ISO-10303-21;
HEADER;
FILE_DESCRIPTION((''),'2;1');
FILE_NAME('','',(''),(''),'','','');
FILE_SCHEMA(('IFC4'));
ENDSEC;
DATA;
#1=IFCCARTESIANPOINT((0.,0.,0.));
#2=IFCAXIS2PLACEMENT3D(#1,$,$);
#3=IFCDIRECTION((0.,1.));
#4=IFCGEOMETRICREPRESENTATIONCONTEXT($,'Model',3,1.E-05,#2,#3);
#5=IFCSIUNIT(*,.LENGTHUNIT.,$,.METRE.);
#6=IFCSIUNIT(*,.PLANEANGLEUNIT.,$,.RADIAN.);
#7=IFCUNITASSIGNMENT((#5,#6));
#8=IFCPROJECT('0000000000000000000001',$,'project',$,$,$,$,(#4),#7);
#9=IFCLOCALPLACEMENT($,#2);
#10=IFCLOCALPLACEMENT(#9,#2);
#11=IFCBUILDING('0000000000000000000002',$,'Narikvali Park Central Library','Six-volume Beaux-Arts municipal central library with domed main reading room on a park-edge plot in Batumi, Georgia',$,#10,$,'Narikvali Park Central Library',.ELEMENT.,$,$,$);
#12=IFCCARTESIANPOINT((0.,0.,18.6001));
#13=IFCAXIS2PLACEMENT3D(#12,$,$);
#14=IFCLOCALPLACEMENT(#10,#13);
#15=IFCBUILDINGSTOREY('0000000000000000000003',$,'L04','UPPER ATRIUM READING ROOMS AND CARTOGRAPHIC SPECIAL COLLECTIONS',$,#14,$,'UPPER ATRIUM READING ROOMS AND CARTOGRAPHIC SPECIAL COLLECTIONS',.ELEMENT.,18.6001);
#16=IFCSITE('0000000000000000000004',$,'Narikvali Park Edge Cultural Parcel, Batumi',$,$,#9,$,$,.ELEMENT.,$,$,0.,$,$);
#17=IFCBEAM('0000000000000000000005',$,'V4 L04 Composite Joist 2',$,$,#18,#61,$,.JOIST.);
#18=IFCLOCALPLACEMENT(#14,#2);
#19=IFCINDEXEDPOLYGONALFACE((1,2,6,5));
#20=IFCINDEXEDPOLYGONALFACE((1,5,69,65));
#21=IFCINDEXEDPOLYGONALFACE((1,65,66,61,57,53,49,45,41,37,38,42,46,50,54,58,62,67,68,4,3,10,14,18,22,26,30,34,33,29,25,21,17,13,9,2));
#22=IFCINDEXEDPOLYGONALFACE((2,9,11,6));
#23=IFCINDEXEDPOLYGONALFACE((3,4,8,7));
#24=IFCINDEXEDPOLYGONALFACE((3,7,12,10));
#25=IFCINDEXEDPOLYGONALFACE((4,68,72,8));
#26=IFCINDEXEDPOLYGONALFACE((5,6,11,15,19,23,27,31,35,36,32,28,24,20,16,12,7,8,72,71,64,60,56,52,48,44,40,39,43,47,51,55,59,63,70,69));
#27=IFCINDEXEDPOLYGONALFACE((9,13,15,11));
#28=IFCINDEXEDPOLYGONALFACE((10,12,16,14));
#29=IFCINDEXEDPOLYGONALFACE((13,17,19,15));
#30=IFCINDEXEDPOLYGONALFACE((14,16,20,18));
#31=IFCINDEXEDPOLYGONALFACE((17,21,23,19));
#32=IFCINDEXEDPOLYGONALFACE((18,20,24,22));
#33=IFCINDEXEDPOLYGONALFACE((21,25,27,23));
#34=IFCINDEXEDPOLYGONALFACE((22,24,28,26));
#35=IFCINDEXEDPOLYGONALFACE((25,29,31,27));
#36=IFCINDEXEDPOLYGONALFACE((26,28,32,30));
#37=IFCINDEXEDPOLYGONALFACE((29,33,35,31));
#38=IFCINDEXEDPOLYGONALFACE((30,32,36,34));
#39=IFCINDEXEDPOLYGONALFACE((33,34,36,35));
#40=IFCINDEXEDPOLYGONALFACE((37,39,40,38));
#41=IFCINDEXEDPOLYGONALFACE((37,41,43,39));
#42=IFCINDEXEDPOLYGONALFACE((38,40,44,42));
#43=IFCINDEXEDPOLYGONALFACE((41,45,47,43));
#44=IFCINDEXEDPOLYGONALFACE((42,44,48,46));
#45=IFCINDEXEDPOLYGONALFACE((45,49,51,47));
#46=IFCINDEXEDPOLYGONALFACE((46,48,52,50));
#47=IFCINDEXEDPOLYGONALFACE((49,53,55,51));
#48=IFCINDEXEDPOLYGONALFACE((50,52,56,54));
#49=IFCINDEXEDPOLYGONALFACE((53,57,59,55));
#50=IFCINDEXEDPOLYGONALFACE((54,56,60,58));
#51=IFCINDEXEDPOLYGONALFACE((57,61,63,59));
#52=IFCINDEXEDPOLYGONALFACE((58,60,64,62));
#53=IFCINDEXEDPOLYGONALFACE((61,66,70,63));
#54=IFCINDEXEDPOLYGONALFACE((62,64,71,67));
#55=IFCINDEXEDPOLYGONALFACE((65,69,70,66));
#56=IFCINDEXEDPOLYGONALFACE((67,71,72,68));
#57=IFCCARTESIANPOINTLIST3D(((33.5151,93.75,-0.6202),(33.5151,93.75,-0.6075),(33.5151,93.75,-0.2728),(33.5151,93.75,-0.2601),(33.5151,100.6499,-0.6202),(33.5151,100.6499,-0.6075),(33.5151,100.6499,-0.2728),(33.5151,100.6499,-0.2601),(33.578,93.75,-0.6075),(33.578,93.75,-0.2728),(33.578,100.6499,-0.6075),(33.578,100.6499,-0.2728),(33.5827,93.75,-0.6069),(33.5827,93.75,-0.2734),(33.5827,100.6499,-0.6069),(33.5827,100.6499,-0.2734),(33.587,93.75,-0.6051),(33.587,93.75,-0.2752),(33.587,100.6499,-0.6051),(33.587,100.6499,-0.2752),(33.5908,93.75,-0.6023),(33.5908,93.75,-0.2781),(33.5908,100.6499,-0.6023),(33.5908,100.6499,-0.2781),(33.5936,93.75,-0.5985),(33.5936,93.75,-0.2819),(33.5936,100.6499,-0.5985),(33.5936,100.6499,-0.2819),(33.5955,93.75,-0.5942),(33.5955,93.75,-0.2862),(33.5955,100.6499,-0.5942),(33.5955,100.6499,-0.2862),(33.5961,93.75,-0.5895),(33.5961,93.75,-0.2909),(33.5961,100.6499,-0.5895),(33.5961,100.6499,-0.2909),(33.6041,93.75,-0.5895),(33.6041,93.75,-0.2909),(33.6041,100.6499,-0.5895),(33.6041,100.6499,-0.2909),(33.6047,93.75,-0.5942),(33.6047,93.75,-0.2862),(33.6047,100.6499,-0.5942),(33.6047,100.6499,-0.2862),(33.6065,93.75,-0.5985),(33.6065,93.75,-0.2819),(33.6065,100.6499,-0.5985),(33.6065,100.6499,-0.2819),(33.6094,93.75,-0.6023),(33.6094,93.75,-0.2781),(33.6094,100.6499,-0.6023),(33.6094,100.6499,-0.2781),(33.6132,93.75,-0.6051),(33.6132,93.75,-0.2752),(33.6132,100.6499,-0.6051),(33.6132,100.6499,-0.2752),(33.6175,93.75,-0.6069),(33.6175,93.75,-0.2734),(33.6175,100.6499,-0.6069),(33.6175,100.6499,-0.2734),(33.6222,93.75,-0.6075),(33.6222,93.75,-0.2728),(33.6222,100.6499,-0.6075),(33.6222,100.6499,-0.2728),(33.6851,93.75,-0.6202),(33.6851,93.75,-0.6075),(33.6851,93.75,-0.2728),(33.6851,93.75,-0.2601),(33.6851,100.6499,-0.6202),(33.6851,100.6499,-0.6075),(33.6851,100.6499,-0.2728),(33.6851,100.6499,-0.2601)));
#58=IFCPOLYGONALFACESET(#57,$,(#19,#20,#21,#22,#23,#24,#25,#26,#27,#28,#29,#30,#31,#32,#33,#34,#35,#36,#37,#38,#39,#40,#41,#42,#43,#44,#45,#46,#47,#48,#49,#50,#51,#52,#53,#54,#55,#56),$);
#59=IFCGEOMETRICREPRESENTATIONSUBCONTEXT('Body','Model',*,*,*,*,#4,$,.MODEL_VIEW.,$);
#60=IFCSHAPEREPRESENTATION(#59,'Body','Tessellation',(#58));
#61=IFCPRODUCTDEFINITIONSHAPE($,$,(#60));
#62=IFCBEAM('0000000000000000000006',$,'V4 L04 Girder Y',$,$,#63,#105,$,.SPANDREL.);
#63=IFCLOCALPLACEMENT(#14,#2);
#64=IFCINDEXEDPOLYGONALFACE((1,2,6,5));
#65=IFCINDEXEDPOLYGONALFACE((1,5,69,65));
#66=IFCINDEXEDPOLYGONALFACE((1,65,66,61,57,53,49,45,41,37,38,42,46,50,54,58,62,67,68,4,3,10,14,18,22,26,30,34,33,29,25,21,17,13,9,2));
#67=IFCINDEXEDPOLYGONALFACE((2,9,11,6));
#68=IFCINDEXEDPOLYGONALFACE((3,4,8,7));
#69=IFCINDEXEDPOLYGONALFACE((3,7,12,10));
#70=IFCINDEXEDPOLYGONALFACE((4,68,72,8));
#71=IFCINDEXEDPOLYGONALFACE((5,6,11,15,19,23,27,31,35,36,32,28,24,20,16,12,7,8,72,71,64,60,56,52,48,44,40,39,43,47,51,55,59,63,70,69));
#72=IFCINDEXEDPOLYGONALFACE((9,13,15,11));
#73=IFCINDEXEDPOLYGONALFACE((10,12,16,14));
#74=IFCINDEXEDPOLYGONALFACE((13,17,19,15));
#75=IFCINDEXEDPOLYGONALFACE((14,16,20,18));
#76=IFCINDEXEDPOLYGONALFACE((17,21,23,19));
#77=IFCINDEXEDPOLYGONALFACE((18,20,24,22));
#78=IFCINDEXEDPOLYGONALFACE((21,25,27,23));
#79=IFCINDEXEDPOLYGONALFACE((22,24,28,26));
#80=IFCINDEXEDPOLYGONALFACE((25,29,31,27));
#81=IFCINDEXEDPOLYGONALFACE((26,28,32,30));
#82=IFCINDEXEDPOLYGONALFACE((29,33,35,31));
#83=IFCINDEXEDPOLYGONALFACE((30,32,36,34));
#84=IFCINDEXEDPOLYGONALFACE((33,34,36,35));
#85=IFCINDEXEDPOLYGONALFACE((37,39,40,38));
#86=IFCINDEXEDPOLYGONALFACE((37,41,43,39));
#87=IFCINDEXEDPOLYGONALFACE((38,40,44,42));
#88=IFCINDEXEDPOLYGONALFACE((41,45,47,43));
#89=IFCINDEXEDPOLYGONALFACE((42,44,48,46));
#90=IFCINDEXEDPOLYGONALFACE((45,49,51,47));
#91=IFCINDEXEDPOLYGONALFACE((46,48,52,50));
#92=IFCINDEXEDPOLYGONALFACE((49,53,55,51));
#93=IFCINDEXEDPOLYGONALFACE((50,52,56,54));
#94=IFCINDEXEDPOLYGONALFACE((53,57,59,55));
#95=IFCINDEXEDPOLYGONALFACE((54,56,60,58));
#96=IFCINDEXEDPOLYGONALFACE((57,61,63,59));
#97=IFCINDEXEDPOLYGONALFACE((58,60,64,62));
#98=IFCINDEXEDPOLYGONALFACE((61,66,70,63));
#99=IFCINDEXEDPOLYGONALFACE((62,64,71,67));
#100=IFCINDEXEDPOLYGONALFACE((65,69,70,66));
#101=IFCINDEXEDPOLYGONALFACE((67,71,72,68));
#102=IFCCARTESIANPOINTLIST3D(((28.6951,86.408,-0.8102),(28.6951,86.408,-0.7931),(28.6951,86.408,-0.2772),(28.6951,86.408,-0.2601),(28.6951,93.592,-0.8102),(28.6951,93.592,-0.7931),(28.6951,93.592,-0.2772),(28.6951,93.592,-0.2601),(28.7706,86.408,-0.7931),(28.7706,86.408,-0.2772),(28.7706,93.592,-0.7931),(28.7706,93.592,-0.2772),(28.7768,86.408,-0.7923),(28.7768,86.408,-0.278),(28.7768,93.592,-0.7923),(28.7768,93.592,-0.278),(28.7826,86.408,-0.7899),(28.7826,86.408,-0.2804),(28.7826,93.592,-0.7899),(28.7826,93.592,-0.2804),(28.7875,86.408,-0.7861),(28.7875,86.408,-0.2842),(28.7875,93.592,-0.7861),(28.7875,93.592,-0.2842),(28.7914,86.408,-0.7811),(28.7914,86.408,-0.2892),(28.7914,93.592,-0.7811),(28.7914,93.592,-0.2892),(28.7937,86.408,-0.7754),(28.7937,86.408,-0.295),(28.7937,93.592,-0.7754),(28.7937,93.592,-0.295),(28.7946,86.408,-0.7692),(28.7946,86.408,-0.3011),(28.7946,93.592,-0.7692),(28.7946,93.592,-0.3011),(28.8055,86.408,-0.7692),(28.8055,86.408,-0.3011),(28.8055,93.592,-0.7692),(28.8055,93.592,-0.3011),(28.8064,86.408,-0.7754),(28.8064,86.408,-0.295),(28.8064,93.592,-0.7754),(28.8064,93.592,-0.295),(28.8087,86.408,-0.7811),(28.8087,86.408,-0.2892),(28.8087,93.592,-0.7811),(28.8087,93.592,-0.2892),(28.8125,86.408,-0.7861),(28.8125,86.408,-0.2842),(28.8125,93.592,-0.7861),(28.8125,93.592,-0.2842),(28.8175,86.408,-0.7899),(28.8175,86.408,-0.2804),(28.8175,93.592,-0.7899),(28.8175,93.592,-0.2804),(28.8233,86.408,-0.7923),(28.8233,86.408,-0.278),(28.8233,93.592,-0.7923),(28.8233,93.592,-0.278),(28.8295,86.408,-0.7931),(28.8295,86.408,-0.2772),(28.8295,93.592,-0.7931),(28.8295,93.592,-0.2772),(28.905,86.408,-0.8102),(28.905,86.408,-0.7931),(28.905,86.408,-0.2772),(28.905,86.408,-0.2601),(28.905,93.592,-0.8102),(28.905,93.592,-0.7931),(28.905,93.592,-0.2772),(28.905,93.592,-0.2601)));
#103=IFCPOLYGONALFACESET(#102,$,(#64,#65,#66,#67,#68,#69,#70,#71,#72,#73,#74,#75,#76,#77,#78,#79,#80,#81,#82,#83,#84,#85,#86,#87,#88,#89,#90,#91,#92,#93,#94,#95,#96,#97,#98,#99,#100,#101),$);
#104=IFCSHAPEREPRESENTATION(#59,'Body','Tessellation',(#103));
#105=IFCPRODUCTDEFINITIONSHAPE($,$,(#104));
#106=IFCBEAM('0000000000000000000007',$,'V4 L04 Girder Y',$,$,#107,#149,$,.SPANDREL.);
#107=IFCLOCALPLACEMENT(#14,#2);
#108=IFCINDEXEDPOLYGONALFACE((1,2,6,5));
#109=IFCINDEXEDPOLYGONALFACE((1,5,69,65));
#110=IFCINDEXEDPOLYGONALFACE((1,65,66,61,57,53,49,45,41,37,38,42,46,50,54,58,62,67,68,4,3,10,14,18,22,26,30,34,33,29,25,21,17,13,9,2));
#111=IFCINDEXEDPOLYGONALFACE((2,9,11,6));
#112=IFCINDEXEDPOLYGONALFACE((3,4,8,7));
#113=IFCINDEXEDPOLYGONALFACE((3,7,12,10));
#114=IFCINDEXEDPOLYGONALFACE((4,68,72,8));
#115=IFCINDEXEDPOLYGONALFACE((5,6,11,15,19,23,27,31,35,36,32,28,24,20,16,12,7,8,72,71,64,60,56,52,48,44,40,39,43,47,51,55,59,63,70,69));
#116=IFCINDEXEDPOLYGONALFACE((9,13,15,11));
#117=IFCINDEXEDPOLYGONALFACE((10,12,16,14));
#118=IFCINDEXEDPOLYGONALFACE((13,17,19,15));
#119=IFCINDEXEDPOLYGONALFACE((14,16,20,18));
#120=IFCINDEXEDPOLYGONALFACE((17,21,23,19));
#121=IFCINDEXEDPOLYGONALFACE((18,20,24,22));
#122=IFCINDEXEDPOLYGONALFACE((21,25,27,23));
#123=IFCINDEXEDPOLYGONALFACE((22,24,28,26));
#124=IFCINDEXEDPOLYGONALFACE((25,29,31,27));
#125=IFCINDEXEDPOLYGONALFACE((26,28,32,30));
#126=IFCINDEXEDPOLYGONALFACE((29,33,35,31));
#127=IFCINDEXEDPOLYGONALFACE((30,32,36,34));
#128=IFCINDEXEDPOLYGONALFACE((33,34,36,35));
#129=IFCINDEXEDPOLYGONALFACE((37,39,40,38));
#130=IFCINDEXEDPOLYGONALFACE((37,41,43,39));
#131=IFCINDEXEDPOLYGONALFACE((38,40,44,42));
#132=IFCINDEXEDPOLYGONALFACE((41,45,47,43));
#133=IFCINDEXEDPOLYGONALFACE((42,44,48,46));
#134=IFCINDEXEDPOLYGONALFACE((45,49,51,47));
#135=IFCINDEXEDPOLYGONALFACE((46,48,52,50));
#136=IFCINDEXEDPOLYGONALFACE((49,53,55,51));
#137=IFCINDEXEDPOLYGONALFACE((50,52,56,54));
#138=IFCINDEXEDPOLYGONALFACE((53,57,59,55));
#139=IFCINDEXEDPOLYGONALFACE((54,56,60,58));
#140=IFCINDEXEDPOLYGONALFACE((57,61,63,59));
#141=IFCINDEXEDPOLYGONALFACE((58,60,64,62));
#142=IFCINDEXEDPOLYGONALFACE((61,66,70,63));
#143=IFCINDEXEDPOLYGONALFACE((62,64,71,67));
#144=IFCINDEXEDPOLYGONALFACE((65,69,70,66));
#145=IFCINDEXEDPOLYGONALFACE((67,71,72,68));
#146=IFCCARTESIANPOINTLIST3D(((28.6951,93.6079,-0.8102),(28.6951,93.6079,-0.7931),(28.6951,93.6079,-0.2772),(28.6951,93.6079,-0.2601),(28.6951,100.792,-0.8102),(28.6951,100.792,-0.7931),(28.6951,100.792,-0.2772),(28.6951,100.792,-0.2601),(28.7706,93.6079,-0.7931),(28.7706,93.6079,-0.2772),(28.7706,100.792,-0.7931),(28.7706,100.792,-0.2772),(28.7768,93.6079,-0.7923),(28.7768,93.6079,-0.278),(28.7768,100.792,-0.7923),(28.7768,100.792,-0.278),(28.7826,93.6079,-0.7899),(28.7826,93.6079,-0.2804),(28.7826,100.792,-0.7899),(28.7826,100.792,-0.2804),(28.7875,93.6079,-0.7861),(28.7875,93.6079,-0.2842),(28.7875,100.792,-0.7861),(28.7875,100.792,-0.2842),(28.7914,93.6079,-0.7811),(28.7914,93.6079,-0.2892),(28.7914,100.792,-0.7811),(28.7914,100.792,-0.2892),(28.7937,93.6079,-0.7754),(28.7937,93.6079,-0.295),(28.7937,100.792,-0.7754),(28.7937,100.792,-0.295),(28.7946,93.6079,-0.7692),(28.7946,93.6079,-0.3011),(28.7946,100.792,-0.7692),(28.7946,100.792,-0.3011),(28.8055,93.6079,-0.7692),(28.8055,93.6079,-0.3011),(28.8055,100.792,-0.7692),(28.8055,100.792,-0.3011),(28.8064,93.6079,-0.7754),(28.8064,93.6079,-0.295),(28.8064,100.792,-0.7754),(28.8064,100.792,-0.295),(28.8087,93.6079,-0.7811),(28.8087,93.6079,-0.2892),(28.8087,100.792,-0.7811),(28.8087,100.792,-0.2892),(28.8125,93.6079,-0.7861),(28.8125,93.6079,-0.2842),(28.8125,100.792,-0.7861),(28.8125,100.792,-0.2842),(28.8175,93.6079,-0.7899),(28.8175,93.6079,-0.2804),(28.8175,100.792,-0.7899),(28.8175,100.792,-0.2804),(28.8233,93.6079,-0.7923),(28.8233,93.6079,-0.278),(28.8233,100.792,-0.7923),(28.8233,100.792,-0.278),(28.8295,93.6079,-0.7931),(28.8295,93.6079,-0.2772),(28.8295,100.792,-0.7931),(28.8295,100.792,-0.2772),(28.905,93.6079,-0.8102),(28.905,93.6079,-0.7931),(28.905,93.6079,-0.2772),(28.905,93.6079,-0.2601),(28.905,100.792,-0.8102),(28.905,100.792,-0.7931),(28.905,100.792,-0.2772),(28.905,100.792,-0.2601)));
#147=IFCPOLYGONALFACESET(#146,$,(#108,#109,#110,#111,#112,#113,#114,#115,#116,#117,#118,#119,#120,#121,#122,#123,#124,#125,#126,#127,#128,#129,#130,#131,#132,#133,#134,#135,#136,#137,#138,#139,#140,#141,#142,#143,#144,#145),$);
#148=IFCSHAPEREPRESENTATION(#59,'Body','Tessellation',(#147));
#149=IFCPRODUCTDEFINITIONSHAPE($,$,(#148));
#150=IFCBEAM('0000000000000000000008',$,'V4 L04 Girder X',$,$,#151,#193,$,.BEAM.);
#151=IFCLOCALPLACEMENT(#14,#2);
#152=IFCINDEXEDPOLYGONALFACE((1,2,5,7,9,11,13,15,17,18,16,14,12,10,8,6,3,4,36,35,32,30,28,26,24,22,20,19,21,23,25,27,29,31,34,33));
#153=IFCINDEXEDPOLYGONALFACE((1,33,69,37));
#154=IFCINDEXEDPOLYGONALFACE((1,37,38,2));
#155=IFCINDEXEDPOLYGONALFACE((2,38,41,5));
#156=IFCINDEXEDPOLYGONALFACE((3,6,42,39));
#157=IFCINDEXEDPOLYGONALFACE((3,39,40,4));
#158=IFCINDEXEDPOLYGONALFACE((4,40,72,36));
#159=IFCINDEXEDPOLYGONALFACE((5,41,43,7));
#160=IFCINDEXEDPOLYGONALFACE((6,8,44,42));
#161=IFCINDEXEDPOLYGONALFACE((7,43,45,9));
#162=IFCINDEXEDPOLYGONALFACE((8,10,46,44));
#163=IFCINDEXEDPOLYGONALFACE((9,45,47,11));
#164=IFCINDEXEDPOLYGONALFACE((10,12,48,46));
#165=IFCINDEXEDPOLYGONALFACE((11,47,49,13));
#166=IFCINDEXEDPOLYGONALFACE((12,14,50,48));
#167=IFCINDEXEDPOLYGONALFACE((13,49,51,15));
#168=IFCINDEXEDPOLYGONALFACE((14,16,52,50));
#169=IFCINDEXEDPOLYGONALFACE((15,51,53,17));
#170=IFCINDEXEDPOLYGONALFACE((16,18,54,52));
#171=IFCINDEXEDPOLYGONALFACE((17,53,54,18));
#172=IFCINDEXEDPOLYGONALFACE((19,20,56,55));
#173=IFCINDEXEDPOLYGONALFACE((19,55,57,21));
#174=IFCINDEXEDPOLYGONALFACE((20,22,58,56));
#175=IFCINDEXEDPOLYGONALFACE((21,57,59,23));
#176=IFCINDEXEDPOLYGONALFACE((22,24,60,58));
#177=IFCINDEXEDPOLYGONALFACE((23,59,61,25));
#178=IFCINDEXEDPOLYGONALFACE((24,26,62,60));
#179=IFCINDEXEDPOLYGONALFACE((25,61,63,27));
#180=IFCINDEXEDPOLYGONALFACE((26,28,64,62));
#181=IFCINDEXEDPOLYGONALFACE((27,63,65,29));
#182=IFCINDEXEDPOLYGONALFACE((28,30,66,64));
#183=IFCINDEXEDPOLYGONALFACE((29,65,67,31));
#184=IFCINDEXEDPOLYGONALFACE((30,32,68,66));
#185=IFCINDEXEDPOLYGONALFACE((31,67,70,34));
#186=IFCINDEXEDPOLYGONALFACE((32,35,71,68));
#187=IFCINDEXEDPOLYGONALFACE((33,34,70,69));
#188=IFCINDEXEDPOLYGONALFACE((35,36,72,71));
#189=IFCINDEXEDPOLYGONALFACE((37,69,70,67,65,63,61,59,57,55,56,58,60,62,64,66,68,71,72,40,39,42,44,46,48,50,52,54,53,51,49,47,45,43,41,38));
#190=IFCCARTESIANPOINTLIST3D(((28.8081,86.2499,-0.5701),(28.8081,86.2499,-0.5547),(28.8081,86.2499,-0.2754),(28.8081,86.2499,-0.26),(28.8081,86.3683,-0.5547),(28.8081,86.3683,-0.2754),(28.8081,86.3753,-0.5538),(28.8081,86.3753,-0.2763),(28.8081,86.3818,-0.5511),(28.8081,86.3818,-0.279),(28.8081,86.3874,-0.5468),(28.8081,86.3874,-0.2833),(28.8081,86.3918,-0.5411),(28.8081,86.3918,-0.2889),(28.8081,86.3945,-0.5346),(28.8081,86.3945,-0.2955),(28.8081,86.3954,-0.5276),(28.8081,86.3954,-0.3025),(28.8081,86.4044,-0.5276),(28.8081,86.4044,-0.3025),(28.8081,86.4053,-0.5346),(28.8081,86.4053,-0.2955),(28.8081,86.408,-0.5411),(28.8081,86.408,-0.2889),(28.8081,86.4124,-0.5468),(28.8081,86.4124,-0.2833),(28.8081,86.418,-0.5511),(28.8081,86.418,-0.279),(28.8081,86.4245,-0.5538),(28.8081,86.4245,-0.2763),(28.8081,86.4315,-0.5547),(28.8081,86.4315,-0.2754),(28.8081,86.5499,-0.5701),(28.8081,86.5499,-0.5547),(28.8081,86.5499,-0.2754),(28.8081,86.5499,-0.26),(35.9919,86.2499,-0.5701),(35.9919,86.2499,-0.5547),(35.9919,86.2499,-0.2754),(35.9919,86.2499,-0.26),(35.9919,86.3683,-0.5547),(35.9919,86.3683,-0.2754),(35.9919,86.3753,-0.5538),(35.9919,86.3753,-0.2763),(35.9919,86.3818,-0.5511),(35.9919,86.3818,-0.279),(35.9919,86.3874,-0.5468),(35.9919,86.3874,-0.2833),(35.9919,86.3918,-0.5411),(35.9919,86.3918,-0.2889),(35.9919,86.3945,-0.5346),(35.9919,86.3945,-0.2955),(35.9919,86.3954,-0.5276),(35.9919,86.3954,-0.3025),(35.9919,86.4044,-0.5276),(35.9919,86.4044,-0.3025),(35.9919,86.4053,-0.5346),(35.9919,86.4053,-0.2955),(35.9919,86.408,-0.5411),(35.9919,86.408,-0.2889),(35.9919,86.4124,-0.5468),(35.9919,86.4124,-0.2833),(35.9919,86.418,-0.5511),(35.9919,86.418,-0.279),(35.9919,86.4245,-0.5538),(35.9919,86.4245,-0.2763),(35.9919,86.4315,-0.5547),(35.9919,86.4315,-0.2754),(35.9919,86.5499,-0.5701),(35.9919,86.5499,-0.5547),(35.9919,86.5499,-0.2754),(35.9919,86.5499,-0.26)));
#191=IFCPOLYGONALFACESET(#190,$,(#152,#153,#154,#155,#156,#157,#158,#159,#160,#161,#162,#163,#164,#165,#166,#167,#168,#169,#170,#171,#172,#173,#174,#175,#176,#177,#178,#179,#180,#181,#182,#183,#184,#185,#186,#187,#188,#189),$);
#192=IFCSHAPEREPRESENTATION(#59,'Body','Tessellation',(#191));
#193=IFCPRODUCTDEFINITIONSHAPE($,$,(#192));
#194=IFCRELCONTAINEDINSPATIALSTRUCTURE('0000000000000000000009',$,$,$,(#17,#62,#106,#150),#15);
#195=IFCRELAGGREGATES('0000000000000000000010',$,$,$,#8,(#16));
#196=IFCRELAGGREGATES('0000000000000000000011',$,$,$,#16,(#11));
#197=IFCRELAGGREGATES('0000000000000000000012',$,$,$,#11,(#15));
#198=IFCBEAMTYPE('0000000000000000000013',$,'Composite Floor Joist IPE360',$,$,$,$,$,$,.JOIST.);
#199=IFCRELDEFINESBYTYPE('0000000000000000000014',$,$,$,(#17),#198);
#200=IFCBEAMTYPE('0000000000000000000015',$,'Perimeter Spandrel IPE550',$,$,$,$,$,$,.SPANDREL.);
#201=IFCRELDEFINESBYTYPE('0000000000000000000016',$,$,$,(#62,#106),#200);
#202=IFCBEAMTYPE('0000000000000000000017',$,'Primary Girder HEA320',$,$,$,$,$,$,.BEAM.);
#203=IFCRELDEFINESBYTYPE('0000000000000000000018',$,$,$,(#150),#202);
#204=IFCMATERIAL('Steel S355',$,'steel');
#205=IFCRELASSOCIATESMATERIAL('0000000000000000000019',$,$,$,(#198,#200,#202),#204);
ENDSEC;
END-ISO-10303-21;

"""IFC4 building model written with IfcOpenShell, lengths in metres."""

from ifc_helpers import new_model, si_unit, direction, frame, origin, origin_2d, place, context, subcontext, project, spatial, i_section, extrude, material, material_profile, profile_set, type_object, element, save


model = new_model("IFC4")

# Units and contexts
model_context = context("Model", 3, precision=1e-05, world=origin(), true_north=direction((0.0, 1.0)))
body_context = subcontext(model_context, "Body", "Model", "MODEL_VIEW")
ifc_project = project(units=[si_unit("LENGTHUNIT", "METRE"), si_unit("PLANEANGLEUNIT", "RADIAN")], contexts=[model_context])

# Site, building, storey
site_placement = place(None, origin())
site = spatial("IfcSite", under=ifc_project, at=site_placement, Name="Narikvali Park Edge Cultural Parcel, Batumi", CompositionType="ELEMENT", RefElevation=0.0)
building_placement = place(site_placement, origin())
building = spatial("IfcBuilding", under=site, at=building_placement, Name="Narikvali Park Central Library", Description="Six-volume Beaux-Arts municipal central library with domed main reading room on a park-edge plot in Batumi, Georgia", LongName="Narikvali Park Central Library", CompositionType="ELEMENT")
storey_placement = place(building_placement, frame((0.0, 0.0, 18.6001)))
storey = spatial("IfcBuildingStorey", under=building, at=storey_placement, Name="L04", Description="UPPER ATRIUM READING ROOMS AND CARTOGRAPHIC SPECIAL COLLECTIONS", LongName="UPPER ATRIUM READING ROOMS AND CARTOGRAPHIC SPECIAL COLLECTIONS", CompositionType="ELEMENT", Elevation=18.6001)

# Shared definitions
ifc_material_1 = material(Name="Steel S355", Category="steel")

# Beams
ifc_material_profile_1 = material_profile(ifc_material_1, i_section(OverallWidth=0.1699, OverallDepth=0.3601, WebThickness=0.0081, FlangeThickness=0.0127, FilletRadius=0.0181, at=origin_2d()), Name="IPE 360")
ifc_profile_set_1 = profile_set([ifc_material_profile_1], Name="Steel S355")
beam_type_1 = type_object("IfcBeamType", Name="Composite Floor Joist IPE360", PredefinedType="JOIST", material=ifc_profile_set_1)
for number, where, z_axis, x_axis, name in (
    (1, (33.6001, 93.75, -0.4402), (0.0, 1.0, 0.0), (-1.0, 0.0, 0.0), "V4 L04 Composite Joist 2"),
):
    element("IfcBeam", number, at=place(storey_placement, frame(where, z_axis=z_axis, x_axis=x_axis)), inside=storey, type_object=beam_type_1, Name=name, PredefinedType="JOIST", context=body_context, shape_type="SweptSolid", body=[
        extrude(i_section(OverallWidth=0.1699, OverallDepth=0.3601, WebThickness=0.0081, FlangeThickness=0.0127, FilletRadius=0.0181, at=origin_2d()), origin(), (0.0, 0.0, 1.0), 6.8999),
    ])
ifc_material_profile_2 = material_profile(ifc_material_1, i_section(OverallWidth=0.21, OverallDepth=0.55, WebThickness=0.011, FlangeThickness=0.0171, FilletRadius=0.0239, at=origin_2d()), Name="IPE 550")
ifc_profile_set_2 = profile_set([ifc_material_profile_2], Name="Steel S355")
beam_type_2 = type_object("IfcBeamType", Name="Perimeter Spandrel IPE550", PredefinedType="SPANDREL", material=ifc_profile_set_2)
for number, where, z_axis, x_axis, name in (
    (2, (28.8, 86.408, -0.5352), (0.0, 1.0, 0.0), (-1.0, 0.0, 0.0), "V4 L04 Girder Y"),
    (3, (28.8, 93.6079, -0.5352), (0.0, 1.0, 0.0), (-1.0, 0.0, 0.0), "V4 L04 Girder Y"),
):
    element("IfcBeam", number, at=place(storey_placement, frame(where, z_axis=z_axis, x_axis=x_axis)), inside=storey, type_object=beam_type_2, Name=name, PredefinedType="SPANDREL", context=body_context, shape_type="SweptSolid", body=[
        extrude(i_section(OverallWidth=0.21, OverallDepth=0.55, WebThickness=0.011, FlangeThickness=0.0171, FilletRadius=0.0239, at=origin_2d()), origin(), (0.0, 0.0, 1.0), 7.1841),
    ])
ifc_material_profile_3 = material_profile(ifc_material_1, i_section(OverallWidth=0.3, OverallDepth=0.3101, WebThickness=0.009, FlangeThickness=0.0154, FilletRadius=0.0271, at=origin_2d()), Name="HEA 320")
ifc_profile_set_3 = profile_set([ifc_material_profile_3], Name="Steel S355")
beam_type_3 = type_object("IfcBeamType", Name="Primary Girder HEA320", PredefinedType="BEAM", material=ifc_profile_set_3)
for number, where, z_axis, x_axis, name in (
    (4, (28.8081, 86.3999, -0.415), (1.0, 0.0, 0.0), (0.0, 1.0, 0.0), "V4 L04 Girder X"),
):
    element("IfcBeam", number, at=place(storey_placement, frame(where, z_axis=z_axis, x_axis=x_axis)), inside=storey, type_object=beam_type_3, Name=name, PredefinedType="BEAM", context=body_context, shape_type="SweptSolid", body=[
        extrude(i_section(OverallWidth=0.3, OverallDepth=0.3101, WebThickness=0.009, FlangeThickness=0.0154, FilletRadius=0.0271, at=origin_2d()), origin(), (0.0, 0.0, 1.0), 7.1838),
    ])

save(model, "model.ifc")
